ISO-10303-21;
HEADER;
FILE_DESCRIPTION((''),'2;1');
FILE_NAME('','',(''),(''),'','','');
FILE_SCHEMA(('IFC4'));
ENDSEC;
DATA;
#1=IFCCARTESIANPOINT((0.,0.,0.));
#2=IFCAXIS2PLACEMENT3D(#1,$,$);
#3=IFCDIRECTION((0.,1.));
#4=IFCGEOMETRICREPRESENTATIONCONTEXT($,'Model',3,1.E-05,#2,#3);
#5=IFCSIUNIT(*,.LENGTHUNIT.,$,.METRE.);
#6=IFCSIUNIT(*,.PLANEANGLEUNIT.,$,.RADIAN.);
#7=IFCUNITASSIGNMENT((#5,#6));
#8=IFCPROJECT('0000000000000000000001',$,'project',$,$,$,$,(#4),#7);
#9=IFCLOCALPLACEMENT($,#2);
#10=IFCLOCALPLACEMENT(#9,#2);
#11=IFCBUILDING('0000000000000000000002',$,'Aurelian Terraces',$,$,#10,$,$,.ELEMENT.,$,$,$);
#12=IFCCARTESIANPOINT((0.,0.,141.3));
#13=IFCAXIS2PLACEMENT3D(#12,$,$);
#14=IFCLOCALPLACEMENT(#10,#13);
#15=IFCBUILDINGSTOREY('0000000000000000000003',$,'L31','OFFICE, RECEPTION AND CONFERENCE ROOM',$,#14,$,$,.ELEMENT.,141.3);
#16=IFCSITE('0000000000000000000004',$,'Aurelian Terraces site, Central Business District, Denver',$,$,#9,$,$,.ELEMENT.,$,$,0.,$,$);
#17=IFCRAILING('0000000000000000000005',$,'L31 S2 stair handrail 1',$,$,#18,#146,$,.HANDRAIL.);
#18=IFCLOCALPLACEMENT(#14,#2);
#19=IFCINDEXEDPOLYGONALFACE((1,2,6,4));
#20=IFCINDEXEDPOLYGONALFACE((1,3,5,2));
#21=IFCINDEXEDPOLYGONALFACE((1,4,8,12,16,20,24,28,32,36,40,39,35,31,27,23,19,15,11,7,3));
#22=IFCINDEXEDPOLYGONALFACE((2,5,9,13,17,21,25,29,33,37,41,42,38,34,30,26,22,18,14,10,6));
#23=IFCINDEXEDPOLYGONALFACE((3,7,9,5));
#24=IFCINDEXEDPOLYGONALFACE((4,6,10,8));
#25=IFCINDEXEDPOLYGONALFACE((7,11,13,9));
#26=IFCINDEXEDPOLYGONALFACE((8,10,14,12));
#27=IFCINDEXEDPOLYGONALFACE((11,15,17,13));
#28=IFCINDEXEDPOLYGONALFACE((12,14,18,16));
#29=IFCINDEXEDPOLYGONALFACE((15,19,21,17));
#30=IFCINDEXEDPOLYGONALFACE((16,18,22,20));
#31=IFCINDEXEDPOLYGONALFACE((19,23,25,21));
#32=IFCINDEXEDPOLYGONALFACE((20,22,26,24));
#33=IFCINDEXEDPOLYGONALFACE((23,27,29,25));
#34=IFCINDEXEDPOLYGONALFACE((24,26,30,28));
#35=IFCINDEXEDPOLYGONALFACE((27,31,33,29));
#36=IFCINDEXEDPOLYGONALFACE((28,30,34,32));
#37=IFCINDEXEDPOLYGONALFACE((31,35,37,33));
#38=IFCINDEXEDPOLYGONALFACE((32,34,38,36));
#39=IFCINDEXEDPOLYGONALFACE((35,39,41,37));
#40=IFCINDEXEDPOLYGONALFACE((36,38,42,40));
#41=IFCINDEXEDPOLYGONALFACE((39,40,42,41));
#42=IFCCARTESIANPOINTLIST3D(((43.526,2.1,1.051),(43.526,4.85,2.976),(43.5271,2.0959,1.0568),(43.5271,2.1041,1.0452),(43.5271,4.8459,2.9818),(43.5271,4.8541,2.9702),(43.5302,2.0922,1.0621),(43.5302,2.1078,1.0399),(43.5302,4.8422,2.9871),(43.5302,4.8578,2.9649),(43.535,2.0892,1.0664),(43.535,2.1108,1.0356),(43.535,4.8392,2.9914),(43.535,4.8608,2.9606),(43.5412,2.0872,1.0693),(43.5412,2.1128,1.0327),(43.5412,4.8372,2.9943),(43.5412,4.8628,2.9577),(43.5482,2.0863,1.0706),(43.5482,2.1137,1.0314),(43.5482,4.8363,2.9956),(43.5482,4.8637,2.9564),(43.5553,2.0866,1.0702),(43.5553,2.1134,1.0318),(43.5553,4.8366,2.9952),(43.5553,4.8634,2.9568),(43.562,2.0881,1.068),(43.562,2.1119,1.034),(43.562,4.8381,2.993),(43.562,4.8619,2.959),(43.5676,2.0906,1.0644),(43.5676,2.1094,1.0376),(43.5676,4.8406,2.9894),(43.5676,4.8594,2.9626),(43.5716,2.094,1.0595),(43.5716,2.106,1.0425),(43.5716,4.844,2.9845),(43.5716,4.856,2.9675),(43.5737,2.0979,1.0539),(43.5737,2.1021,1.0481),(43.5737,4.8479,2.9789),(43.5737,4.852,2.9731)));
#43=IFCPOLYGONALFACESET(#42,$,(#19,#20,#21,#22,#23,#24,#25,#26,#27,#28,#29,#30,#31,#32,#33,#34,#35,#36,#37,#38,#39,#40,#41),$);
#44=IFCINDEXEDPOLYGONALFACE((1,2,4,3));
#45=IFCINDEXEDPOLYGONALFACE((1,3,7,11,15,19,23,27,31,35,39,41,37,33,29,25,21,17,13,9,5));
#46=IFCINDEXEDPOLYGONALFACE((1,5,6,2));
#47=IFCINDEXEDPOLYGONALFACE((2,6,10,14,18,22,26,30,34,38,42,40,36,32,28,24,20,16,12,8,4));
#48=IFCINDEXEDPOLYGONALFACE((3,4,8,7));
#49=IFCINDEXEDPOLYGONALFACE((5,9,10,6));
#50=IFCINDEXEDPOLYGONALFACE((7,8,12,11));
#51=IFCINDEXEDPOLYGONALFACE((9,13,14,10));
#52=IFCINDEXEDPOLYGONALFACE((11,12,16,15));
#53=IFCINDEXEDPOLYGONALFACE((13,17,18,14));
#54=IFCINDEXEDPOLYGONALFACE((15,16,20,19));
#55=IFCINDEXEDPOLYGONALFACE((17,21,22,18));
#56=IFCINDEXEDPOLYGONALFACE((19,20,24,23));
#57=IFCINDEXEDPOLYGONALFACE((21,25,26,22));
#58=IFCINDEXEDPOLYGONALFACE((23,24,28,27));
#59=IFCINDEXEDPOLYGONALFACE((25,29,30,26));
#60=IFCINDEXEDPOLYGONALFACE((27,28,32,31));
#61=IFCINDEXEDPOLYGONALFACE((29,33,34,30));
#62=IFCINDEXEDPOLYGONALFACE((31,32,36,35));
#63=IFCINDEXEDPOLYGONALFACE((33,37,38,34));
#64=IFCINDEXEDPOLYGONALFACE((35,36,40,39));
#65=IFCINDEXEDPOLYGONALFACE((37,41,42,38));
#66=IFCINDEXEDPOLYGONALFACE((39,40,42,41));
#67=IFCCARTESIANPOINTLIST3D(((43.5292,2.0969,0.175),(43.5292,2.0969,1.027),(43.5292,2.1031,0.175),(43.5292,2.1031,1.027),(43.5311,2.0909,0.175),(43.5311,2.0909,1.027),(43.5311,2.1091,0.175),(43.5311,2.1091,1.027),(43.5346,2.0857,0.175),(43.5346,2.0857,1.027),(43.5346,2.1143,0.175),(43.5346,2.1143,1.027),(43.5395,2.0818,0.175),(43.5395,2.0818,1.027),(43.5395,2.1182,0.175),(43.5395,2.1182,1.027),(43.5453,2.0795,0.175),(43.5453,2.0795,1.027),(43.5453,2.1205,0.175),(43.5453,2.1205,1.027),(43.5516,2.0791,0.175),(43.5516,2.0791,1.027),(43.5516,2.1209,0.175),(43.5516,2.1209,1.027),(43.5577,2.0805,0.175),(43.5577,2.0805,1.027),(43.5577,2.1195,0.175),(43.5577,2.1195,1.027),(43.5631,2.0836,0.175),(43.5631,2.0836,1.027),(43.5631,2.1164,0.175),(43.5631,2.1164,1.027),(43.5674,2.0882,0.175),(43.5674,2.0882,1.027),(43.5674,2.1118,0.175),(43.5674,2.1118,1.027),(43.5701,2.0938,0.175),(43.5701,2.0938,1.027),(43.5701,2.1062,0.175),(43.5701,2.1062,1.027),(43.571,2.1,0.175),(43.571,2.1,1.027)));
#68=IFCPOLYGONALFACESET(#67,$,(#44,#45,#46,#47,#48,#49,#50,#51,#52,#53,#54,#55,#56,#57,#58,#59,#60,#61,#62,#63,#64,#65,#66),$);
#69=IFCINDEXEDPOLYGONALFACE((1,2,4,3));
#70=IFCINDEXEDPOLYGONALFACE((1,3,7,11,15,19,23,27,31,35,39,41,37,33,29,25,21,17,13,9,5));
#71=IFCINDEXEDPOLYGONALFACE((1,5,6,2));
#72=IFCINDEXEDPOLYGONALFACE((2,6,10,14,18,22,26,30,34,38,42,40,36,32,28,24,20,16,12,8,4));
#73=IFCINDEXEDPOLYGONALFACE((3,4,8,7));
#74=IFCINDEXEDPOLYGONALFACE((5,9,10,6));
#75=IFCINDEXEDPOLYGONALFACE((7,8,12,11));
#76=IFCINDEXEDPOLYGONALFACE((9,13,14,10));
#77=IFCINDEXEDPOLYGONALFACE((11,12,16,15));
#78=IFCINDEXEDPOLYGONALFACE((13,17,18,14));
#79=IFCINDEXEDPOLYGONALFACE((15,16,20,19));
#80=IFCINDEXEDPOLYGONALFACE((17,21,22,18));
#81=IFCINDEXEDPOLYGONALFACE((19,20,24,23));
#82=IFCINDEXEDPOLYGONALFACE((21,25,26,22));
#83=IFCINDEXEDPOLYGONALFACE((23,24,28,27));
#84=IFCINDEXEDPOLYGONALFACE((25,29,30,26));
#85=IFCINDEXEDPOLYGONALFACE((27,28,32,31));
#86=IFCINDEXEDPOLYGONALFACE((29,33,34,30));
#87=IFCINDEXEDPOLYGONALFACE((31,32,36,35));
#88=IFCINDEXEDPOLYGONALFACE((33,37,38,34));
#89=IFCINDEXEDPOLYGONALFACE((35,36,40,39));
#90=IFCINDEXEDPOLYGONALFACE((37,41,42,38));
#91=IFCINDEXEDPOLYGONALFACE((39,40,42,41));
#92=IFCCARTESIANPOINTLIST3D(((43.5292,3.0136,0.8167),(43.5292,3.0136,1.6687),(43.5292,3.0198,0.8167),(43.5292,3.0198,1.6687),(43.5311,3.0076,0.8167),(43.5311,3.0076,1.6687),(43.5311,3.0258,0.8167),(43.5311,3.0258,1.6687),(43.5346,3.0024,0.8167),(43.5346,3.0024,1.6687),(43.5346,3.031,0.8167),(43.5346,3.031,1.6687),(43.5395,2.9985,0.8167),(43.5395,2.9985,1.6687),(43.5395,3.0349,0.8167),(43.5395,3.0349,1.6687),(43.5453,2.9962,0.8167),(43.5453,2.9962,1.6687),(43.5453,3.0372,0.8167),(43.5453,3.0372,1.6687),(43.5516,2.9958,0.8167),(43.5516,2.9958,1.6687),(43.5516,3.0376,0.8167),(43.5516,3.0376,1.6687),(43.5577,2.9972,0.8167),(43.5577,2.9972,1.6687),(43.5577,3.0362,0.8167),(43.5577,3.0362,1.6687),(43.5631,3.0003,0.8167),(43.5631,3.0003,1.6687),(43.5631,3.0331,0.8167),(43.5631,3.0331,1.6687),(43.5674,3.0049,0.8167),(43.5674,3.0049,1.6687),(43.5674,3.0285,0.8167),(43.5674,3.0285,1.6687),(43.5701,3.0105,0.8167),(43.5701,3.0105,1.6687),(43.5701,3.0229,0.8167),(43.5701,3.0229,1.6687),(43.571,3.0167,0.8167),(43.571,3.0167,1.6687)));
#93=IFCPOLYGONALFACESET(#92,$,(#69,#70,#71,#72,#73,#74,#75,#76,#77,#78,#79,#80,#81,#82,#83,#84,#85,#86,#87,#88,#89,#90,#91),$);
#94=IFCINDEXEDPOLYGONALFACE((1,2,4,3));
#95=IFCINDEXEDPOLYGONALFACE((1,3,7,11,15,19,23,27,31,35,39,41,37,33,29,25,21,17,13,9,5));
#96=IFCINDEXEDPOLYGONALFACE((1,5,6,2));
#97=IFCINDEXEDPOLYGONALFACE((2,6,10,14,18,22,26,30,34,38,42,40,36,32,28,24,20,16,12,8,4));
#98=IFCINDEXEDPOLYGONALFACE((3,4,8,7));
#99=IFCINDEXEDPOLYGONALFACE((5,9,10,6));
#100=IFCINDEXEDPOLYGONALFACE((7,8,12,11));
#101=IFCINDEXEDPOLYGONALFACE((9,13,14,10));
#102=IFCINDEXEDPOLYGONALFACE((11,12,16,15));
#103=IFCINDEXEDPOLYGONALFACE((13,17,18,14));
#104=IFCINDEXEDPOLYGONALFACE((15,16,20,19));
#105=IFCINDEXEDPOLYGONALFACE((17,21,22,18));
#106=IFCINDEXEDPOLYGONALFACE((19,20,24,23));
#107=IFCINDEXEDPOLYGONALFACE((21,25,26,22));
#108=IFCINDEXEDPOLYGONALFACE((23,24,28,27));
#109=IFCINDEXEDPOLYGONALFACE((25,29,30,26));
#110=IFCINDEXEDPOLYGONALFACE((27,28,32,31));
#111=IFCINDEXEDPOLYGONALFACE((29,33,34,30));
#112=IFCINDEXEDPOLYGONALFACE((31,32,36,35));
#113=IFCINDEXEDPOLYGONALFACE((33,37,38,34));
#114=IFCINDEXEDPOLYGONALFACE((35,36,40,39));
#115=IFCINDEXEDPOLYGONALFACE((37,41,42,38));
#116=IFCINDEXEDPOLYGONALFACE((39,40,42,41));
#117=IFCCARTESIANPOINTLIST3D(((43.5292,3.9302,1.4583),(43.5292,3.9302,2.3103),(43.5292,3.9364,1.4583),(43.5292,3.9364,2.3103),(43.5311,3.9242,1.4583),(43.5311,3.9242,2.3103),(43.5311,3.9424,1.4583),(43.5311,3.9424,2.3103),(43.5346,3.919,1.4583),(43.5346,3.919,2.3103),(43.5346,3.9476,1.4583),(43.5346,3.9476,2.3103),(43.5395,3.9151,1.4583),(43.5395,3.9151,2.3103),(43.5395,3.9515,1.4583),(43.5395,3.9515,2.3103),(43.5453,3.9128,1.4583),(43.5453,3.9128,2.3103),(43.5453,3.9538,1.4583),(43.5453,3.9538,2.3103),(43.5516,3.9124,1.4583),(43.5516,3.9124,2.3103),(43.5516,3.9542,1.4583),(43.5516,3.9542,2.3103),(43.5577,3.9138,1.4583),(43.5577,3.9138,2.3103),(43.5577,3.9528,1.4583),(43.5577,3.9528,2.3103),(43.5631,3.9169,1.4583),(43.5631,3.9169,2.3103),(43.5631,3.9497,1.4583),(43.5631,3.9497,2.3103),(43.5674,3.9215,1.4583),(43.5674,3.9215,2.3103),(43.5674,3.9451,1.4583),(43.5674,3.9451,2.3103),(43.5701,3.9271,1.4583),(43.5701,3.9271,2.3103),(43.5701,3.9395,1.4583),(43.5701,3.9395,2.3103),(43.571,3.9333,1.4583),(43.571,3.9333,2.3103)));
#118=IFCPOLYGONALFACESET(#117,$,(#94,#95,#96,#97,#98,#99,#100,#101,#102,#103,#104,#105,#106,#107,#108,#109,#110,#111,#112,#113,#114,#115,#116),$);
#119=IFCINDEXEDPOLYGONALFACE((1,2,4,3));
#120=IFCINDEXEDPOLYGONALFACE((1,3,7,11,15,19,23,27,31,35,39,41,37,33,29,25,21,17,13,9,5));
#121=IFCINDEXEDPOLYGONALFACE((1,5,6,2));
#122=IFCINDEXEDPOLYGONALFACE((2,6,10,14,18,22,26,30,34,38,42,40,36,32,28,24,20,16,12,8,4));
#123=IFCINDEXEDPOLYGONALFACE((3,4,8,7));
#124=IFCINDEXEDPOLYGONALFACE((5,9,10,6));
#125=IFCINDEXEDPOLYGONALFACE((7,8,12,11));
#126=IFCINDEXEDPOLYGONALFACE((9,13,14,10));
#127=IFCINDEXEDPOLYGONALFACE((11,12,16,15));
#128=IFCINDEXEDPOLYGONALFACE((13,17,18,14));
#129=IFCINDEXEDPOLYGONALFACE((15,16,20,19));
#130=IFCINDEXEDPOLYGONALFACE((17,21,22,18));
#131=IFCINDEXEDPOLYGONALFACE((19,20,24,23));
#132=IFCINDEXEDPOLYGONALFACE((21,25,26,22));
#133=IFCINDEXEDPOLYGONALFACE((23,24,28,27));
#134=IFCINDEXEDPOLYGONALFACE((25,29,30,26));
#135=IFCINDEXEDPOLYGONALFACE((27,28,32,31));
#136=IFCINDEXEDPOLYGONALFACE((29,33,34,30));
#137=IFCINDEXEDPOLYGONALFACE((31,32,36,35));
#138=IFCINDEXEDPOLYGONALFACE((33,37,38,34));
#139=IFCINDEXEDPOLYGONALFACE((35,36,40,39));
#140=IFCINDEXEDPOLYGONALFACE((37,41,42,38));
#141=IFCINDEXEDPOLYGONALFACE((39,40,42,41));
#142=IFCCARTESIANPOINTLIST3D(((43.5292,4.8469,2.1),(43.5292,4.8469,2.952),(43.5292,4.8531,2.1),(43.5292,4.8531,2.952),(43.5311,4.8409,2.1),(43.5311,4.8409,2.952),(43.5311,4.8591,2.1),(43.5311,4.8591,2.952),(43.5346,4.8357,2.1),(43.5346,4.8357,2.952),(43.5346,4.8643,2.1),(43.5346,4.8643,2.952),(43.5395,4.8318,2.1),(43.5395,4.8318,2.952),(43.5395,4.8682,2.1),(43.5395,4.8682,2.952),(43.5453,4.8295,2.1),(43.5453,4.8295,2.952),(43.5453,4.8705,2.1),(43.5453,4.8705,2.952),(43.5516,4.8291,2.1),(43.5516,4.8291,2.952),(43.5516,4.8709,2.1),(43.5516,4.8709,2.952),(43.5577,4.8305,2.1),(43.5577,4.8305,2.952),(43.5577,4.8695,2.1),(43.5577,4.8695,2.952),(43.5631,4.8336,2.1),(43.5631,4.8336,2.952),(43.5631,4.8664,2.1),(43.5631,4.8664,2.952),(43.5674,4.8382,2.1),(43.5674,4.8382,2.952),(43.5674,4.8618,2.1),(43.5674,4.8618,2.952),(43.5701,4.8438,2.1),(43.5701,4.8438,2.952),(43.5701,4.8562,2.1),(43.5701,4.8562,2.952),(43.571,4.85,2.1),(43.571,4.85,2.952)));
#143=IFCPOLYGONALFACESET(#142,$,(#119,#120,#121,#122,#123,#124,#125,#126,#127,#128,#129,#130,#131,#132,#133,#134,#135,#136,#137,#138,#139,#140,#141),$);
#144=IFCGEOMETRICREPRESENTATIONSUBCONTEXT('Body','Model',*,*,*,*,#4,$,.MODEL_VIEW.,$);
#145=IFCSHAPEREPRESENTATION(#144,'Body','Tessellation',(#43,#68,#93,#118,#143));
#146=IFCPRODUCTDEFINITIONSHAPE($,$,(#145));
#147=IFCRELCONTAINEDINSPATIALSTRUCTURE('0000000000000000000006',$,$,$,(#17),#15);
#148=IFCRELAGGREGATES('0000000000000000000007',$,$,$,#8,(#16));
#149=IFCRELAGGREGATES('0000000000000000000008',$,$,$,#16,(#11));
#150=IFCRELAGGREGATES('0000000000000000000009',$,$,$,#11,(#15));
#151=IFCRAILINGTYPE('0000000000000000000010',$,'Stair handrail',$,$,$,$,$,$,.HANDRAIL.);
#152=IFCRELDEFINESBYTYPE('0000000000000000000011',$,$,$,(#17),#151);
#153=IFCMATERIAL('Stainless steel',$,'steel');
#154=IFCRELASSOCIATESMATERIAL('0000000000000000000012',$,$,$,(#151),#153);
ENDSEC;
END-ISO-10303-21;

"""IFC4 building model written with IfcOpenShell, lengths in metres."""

from ifc_helpers import new_model, si_unit, direction, frame, origin, origin_2d, place, context, subcontext, project, spatial, circle, extrude, source, transform, mapped, material, type_object, element, save


model = new_model("IFC4")

# Units and contexts
model_context = context("Model", 3, precision=1e-05, world=origin(), true_north=direction((0.0, 1.0)))
body_context = subcontext(model_context, "Body", "Model", "MODEL_VIEW")
ifc_project = project(units=[si_unit("LENGTHUNIT", "METRE"), si_unit("PLANEANGLEUNIT", "RADIAN")], contexts=[model_context])

# Site, building, storey
site_placement = place(None, origin())
site = spatial("IfcSite", under=ifc_project, at=site_placement, Name="Aurelian Terraces site, Central Business District, Denver", CompositionType="ELEMENT", RefElevation=0.0)
building_placement = place(site_placement, origin())
building = spatial("IfcBuilding", under=site, at=building_placement, Name="Aurelian Terraces", CompositionType="ELEMENT")
storey_placement = place(building_placement, frame((0.0, 0.0, 141.3)))
storey = spatial("IfcBuildingStorey", under=building, at=storey_placement, Name="L31", Description="OFFICE, RECEPTION AND CONFERENCE ROOM", CompositionType="ELEMENT", Elevation=141.3)

# Railing
ifc_material_1 = material(Name="Stainless steel", Category="steel")
railing_type_1 = type_object("IfcRailingType", Name="Stair handrail", PredefinedType="HANDRAIL", material=ifc_material_1)
shared_shape_1 = source(origin(), body_context, "Body", "SweptSolid", [
    extrude(circle(Radius=0.024, at=origin_2d()), frame((0.0, 0.0, 0.876), z_axis=(0.0, 0.819232, 0.573462), x_axis=(-1.0, 0.0, 0.0)), (0.0, 0.0, 1.0), 3.3568),
    extrude(circle(Radius=0.021, at=origin_2d()), origin(), (0.0, 0.0, 1.0), 0.852),
    extrude(circle(Radius=0.021, at=origin_2d()), frame((0.0, 0.9167, 0.6417)), (0.0, 0.0, 1.0), 0.852),
    extrude(circle(Radius=0.021, at=origin_2d()), frame((0.0, 1.8333, 1.2833)), (0.0, 0.0, 1.0), 0.852),
    extrude(circle(Radius=0.021, at=origin_2d()), frame((0.0, 2.75, 1.925)), (0.0, 0.0, 1.0), 0.852),
])
railing_1_placement = place(storey_placement, frame((43.55, 2.1, 0.175)))
element("IfcRailing", 1, at=railing_1_placement, inside=storey, type_object=railing_type_1, Name="L31 S2 stair handrail 1", PredefinedType="HANDRAIL", context=body_context, shape_type="MappedRepresentation", body=[
    mapped(shared_shape_1, transform((0.0, 0.0, 0.0), scale=1.0)),
])

save(model, "model.ifc")
